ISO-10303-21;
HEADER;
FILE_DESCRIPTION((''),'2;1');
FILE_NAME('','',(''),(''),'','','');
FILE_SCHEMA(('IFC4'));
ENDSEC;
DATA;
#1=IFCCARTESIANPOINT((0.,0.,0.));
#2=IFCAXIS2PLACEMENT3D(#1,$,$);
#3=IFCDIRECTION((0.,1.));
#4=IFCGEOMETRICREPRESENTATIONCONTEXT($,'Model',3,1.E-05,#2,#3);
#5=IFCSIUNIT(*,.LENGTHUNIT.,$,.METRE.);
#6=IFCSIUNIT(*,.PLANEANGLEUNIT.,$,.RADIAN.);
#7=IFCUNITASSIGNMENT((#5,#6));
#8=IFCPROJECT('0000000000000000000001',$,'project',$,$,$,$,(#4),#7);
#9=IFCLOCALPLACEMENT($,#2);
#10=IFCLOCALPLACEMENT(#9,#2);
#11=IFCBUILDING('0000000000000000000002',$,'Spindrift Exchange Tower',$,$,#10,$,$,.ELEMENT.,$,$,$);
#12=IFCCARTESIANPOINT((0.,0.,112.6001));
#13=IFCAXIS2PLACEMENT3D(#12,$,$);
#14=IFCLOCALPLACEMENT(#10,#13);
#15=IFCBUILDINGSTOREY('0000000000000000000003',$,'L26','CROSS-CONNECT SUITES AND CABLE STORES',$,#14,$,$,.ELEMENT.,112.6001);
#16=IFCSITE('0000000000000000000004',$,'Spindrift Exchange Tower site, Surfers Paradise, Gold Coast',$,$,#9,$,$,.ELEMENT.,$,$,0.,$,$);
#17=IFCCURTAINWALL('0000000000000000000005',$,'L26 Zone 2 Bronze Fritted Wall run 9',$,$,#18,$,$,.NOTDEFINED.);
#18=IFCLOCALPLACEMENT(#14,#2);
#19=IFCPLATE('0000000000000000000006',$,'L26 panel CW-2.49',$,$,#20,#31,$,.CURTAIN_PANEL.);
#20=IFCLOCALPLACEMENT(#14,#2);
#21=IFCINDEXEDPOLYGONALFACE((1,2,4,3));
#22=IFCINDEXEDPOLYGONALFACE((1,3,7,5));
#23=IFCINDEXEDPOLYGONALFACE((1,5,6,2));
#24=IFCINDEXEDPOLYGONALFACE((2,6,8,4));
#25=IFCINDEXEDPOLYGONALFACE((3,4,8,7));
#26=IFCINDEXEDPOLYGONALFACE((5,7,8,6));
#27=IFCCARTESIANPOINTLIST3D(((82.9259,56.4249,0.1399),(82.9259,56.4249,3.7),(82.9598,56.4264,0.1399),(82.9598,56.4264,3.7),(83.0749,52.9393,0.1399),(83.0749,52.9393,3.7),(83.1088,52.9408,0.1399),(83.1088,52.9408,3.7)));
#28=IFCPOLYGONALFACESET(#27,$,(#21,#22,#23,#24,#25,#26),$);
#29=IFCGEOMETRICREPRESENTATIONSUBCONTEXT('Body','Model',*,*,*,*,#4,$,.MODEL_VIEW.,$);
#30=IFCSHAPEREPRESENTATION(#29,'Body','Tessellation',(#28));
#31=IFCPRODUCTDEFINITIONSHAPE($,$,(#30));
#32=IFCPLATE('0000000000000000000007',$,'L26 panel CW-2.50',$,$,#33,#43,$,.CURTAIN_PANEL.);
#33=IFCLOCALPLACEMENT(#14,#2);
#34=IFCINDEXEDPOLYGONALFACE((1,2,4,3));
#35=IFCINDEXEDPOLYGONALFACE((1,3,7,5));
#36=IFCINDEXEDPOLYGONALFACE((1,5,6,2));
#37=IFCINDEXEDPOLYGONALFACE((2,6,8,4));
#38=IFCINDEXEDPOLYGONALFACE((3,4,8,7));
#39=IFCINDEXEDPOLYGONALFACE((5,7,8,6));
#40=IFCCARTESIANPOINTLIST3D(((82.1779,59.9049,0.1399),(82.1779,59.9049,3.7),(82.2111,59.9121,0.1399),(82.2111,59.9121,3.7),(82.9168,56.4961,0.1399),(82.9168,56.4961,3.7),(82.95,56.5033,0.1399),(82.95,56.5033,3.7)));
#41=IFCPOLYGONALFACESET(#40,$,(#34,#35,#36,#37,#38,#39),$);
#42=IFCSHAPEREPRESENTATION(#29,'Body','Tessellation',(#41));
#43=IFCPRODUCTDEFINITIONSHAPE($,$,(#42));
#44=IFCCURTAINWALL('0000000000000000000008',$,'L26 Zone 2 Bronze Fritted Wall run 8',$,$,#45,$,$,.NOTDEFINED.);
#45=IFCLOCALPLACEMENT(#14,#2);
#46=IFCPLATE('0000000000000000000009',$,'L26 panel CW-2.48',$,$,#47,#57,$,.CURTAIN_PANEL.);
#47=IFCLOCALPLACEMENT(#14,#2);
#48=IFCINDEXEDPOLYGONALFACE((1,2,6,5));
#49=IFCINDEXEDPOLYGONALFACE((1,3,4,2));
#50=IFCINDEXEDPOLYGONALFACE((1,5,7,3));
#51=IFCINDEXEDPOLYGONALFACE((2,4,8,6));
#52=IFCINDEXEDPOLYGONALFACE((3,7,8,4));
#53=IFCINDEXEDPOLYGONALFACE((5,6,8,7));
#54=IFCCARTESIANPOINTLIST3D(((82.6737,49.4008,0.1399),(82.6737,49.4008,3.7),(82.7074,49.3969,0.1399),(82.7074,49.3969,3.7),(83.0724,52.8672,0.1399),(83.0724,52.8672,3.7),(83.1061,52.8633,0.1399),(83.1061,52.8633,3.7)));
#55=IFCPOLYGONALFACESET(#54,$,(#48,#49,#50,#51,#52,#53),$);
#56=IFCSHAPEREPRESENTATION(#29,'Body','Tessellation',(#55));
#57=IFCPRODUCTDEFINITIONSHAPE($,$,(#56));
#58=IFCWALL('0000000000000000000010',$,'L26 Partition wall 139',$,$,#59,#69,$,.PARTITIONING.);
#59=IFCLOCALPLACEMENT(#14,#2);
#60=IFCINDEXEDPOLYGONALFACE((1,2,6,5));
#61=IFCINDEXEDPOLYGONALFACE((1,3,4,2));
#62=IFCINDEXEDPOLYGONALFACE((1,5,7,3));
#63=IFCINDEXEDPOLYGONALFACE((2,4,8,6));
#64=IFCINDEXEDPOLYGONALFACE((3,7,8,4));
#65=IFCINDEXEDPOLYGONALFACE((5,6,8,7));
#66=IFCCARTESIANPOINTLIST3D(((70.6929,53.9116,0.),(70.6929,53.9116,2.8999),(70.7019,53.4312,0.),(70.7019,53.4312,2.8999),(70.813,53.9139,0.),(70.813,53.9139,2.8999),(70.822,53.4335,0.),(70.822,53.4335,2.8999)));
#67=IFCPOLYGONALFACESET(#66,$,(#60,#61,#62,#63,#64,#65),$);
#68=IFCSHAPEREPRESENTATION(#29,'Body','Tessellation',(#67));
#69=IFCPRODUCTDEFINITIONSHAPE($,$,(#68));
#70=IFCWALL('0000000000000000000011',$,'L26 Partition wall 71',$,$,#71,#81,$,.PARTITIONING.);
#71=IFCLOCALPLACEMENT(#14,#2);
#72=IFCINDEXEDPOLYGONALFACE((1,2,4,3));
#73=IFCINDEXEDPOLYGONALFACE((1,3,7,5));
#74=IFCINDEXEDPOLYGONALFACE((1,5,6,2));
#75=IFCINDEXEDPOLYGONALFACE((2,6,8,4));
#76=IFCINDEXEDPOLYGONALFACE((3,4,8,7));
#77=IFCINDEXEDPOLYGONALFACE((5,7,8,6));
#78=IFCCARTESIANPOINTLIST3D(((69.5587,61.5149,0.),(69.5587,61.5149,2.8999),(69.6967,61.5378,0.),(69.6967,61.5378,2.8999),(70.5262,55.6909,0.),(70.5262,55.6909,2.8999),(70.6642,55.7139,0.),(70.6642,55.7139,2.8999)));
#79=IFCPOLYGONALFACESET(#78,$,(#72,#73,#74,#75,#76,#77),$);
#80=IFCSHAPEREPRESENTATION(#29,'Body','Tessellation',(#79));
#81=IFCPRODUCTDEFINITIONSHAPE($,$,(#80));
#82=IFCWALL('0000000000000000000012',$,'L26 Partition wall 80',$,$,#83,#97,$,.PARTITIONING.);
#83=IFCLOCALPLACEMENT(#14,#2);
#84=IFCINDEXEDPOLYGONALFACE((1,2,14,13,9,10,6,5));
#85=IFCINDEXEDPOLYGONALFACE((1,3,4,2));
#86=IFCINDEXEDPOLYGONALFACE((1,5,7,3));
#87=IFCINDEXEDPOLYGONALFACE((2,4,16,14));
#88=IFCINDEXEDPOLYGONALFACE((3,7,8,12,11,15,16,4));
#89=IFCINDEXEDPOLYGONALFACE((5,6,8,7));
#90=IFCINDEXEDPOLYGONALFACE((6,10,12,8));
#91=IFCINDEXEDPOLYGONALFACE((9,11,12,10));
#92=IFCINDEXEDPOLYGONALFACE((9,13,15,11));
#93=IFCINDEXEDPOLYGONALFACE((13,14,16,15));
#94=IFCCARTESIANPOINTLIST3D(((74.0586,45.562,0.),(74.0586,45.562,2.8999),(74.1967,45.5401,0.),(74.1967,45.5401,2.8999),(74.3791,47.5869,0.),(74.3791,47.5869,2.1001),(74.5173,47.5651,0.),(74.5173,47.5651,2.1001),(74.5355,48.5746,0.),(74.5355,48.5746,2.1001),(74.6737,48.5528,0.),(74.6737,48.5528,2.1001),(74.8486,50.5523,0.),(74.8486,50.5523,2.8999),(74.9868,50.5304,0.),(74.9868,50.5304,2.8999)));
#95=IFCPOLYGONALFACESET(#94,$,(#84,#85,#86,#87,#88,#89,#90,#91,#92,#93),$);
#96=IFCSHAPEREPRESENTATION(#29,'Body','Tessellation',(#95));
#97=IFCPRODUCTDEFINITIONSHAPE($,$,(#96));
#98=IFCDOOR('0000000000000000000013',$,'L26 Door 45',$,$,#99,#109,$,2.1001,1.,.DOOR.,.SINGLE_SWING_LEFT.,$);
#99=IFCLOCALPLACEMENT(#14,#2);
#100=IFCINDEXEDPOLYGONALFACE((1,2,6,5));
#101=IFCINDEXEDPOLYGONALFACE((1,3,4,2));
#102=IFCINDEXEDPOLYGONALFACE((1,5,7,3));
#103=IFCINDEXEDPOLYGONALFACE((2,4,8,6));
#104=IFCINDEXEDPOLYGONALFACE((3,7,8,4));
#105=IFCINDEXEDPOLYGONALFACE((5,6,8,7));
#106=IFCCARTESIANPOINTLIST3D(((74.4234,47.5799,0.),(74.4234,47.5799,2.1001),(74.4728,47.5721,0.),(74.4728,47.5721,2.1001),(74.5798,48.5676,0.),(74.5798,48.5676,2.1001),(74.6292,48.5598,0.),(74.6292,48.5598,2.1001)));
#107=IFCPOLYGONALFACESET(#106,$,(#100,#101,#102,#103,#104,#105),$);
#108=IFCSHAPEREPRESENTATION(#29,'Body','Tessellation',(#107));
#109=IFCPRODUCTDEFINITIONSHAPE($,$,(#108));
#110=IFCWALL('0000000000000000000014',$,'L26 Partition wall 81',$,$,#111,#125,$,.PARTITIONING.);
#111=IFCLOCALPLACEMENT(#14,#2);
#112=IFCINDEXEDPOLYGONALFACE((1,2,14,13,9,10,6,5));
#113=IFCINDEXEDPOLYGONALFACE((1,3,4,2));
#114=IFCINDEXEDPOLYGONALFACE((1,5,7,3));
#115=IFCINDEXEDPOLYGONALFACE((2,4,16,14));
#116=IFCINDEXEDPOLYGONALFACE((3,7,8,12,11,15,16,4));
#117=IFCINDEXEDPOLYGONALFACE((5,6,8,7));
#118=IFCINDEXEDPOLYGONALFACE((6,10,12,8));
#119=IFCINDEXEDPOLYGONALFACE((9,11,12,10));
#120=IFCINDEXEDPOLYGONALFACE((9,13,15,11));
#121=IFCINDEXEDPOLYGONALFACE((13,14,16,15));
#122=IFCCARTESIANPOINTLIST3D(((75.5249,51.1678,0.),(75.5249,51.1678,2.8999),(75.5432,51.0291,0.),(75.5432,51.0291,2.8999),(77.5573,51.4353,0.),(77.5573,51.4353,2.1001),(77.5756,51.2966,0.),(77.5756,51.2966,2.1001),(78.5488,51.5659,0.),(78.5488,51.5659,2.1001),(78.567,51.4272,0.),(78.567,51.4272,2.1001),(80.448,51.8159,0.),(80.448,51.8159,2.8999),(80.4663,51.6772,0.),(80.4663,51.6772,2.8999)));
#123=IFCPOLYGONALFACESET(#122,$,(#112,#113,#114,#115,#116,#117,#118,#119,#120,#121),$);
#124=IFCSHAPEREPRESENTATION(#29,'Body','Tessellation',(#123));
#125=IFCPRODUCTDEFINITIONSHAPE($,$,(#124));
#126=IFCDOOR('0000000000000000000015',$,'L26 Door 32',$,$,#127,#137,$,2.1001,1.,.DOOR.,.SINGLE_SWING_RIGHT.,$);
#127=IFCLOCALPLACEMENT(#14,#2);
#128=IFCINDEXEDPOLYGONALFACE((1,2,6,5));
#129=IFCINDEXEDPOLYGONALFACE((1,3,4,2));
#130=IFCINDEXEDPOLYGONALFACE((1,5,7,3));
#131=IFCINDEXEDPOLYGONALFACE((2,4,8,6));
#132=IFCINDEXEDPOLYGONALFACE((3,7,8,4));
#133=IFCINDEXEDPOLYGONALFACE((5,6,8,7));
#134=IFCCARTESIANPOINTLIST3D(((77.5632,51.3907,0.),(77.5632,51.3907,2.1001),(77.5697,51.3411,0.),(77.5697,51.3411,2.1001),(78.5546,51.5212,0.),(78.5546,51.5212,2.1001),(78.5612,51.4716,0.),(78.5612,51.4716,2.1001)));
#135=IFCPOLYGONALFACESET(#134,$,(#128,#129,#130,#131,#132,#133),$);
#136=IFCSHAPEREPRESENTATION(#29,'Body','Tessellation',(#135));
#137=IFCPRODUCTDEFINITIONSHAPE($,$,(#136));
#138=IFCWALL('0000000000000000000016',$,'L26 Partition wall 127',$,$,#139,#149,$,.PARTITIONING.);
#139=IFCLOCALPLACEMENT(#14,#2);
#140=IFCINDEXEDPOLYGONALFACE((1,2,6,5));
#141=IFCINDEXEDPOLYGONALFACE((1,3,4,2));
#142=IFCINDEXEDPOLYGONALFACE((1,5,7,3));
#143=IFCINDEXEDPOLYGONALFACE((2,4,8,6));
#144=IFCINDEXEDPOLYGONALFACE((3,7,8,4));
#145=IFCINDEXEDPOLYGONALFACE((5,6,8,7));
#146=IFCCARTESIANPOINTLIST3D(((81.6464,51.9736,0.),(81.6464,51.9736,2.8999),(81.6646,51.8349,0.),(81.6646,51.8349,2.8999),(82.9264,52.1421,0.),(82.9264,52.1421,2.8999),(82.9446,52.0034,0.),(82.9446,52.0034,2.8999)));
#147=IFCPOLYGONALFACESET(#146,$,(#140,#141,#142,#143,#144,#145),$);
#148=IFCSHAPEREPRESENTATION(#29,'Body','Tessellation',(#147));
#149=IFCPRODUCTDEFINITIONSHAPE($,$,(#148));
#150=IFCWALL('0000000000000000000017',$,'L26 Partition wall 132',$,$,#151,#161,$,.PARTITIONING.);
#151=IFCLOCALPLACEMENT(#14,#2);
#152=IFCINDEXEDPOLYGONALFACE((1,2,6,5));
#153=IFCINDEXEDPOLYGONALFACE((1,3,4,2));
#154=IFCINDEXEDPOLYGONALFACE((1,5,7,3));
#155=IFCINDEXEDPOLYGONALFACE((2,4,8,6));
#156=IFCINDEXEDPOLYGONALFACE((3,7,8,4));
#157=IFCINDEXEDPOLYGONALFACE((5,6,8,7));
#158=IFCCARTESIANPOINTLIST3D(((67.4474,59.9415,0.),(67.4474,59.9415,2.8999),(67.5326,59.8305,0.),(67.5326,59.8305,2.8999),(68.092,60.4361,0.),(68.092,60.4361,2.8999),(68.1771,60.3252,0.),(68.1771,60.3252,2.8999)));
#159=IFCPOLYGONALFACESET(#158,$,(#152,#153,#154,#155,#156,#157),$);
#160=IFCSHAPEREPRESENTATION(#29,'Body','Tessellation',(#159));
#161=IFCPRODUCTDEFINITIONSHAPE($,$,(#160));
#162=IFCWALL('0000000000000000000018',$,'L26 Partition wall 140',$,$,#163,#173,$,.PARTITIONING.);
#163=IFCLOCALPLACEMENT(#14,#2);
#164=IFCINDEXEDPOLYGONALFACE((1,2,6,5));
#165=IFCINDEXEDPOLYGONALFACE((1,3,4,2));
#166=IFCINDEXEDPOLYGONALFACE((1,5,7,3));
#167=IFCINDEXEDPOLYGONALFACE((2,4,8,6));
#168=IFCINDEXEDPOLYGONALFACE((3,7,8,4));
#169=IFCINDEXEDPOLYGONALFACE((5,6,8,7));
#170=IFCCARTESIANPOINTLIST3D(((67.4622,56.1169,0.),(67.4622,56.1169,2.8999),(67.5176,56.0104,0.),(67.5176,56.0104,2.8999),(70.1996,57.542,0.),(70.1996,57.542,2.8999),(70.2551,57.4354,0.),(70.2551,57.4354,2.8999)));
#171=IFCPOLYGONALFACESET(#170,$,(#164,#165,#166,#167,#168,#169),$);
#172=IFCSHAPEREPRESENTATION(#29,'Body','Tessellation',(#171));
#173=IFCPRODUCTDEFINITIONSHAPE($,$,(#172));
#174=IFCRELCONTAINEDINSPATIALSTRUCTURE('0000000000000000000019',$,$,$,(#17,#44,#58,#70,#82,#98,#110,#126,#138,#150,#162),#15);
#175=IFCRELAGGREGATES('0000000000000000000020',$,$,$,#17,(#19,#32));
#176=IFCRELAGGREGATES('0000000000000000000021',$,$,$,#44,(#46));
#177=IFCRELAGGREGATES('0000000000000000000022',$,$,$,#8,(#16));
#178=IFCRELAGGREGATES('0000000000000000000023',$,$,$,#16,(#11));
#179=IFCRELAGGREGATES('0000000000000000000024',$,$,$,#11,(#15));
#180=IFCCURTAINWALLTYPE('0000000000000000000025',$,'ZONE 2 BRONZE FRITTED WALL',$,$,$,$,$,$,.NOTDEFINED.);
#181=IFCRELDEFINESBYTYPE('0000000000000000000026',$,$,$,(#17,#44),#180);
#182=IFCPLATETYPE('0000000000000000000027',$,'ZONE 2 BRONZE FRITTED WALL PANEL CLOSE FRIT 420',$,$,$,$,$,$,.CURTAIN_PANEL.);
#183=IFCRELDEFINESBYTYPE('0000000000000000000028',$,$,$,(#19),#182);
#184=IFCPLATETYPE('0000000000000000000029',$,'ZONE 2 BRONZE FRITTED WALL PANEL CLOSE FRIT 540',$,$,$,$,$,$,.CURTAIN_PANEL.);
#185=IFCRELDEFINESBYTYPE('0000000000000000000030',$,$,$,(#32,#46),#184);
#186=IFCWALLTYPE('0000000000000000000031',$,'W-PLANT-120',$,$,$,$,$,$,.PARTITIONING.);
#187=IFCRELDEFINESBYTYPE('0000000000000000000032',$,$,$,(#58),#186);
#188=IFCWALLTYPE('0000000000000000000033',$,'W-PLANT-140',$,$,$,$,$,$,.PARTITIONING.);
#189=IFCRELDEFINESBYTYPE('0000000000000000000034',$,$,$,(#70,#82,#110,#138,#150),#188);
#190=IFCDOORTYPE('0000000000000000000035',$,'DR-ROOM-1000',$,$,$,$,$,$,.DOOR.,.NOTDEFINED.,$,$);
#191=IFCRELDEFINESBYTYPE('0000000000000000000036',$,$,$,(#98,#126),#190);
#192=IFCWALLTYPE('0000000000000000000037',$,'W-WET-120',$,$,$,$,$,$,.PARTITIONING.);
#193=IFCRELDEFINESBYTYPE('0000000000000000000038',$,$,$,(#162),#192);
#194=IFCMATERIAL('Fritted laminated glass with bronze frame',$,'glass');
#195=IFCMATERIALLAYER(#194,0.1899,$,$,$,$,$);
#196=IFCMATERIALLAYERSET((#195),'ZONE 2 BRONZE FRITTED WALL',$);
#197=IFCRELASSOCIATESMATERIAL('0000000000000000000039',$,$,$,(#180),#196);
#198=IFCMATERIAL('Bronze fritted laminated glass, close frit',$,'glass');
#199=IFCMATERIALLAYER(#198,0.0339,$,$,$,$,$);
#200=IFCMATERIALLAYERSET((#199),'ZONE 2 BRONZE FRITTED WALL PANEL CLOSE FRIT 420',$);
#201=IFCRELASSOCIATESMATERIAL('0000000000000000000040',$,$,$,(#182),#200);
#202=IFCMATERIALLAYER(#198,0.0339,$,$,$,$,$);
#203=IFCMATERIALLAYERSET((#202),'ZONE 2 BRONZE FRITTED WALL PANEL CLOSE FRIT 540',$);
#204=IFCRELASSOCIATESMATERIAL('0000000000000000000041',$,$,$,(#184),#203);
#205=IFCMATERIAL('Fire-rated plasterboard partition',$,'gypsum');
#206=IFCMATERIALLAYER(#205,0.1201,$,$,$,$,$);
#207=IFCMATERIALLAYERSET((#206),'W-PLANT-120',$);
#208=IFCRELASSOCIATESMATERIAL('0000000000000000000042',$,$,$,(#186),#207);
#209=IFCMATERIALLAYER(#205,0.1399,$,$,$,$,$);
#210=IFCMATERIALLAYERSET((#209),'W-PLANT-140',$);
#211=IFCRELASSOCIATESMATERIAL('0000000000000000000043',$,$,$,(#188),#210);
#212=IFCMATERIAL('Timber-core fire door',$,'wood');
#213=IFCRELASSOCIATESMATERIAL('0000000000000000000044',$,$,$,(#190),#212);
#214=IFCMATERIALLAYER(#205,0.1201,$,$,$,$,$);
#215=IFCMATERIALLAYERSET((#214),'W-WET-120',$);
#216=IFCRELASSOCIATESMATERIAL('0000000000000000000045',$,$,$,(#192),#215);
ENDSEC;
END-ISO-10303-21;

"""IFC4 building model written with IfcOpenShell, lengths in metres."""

from ifc_helpers import new_model, si_unit, direction, frame, frame_2d, origin, origin_2d, place, context, subcontext, project, spatial, rectangle, extrude, source, transform, mapped, material, layer, layer_set, type_object, element, fill, aggregate, save


model = new_model("IFC4")

# Units and contexts
model_context = context("Model", 3, precision=1e-05, world=origin(), true_north=direction((0.0, 1.0)))
body_context = subcontext(model_context, "Body", "Model", "MODEL_VIEW")
ifc_project = project(units=[si_unit("LENGTHUNIT", "METRE"), si_unit("PLANEANGLEUNIT", "RADIAN")], contexts=[model_context])

# Site, building, storey
site_placement = place(None, origin())
site = spatial("IfcSite", under=ifc_project, at=site_placement, Name="Spindrift Exchange Tower site, Surfers Paradise, Gold Coast", CompositionType="ELEMENT", RefElevation=0.0)
building_placement = place(site_placement, origin())
building = spatial("IfcBuilding", under=site, at=building_placement, Name="Spindrift Exchange Tower", CompositionType="ELEMENT")
storey_placement = place(building_placement, frame((0.0, 0.0, 112.6001)))
storey = spatial("IfcBuildingStorey", under=building, at=storey_placement, Name="L26", Description="CROSS-CONNECT SUITES AND CABLE STORES", CompositionType="ELEMENT", Elevation=112.6001)

# Curtain wall, plates
ifc_material_1 = material(Name="Fritted laminated glass with bronze frame", Category="glass")
ifc_layer_1 = layer(ifc_material_1, 0.1899)
ifc_layer_set_1 = layer_set([ifc_layer_1], Name="ZONE 2 BRONZE FRITTED WALL")
curtain_wall_type = type_object("IfcCurtainWallType", Name="ZONE 2 BRONZE FRITTED WALL", PredefinedType="NOTDEFINED", material=ifc_layer_set_1)
curtain_wall_1_placement = place(storey_placement, origin())
curtain_wall_1 = element("IfcCurtainWall", 1, at=curtain_wall_1_placement, inside=storey, type_object=curtain_wall_type, Name="L26 Zone 2 Bronze Fritted Wall run 9", PredefinedType="NOTDEFINED")
ifc_material_2 = material(Name="Bronze fritted laminated glass, close frit", Category="glass")
ifc_layer_2 = layer(ifc_material_2, 0.0339)
ifc_layer_set_2 = layer_set([ifc_layer_2], Name="ZONE 2 BRONZE FRITTED WALL PANEL CLOSE FRIT 420")
plate_type_1 = type_object("IfcPlateType", Name="ZONE 2 BRONZE FRITTED WALL PANEL CLOSE FRIT 420", PredefinedType="CURTAIN_PANEL", material=ifc_layer_set_2)
shared_shape_1 = source(origin(), body_context, "Body", "SweptSolid", [
    extrude(rectangle(XDim=3.4888, YDim=0.0339, at=origin_2d()), origin(), (0.0, 0.0, 1.0), 3.5601),
])
plate_1_placement = place(storey_placement, frame((83.0173, 54.6829, 0.1399), z_axis=(0.0, 0.0, 1.0), x_axis=(-0.042707, 0.999088, 0.0)))
plate_1 = element("IfcPlate", 2, at=plate_1_placement, type_object=plate_type_1, Name="L26 panel CW-2.49", PredefinedType="CURTAIN_PANEL", context=body_context, shape_type="MappedRepresentation", body=[
    mapped(shared_shape_1, transform((0.0, 0.0, 0.0), scale=1.0)),
])
ifc_layer_3 = layer(ifc_material_2, 0.0339)
ifc_layer_set_3 = layer_set([ifc_layer_3], Name="ZONE 2 BRONZE FRITTED WALL PANEL CLOSE FRIT 540")
plate_type_2 = type_object("IfcPlateType", Name="ZONE 2 BRONZE FRITTED WALL PANEL CLOSE FRIT 540", PredefinedType="CURTAIN_PANEL", material=ifc_layer_set_3)
shared_shape_2 = source(origin(), body_context, "Body", "SweptSolid", [
    extrude(rectangle(XDim=3.488, YDim=0.0339, at=origin_2d()), origin(), (0.0, 0.0, 1.0), 3.5601),
])
plate_2_placement = place(storey_placement, frame((82.564, 58.2041, 0.1399), z_axis=(0.0, 0.0, 1.0), x_axis=(-0.21184, 0.977304, 0.0)))
plate_2 = element("IfcPlate", 3, at=plate_2_placement, type_object=plate_type_2, Name="L26 panel CW-2.50", PredefinedType="CURTAIN_PANEL", context=body_context, shape_type="MappedRepresentation", body=[
    mapped(shared_shape_2, transform((0.0, 0.0, 0.0), scale=1.0)),
])
aggregate(curtain_wall_1, [plate_1, plate_2])

# Curtain wall, plate
curtain_wall_2_placement = place(storey_placement, origin())
curtain_wall_2 = element("IfcCurtainWall", 4, at=curtain_wall_2_placement, inside=storey, type_object=curtain_wall_type, Name="L26 Zone 2 Bronze Fritted Wall run 8", PredefinedType="NOTDEFINED")
shared_shape_3 = source(origin(), body_context, "Body", "SweptSolid", [
    extrude(rectangle(XDim=3.4893, YDim=0.0339, at=origin_2d()), origin(), (0.0, 0.0, 1.0), 3.5601),
])
plate_3_placement = place(storey_placement, frame((82.8899, 51.1321, 0.1399), z_axis=(0.0, 0.0, 1.0), x_axis=(0.114271, 0.99345, 0.0)))
plate_3 = element("IfcPlate", 5, at=plate_3_placement, type_object=plate_type_2, Name="L26 panel CW-2.48", PredefinedType="CURTAIN_PANEL", context=body_context, shape_type="MappedRepresentation", body=[
    mapped(shared_shape_3, transform((0.0, 0.0, 0.0), scale=1.0)),
])
aggregate(curtain_wall_2, [plate_3])

# Walls
ifc_material_3 = material(Name="Fire-rated plasterboard partition", Category="gypsum")
ifc_layer_4 = layer(ifc_material_3, 0.1201)
ifc_layer_set_4 = layer_set([ifc_layer_4], Name="W-PLANT-120")
wall_type_1 = type_object("IfcWallType", Name="W-PLANT-120", PredefinedType="PARTITIONING", material=ifc_layer_set_4)
wall_1_placement = place(storey_placement, frame((70.762, 53.4324, 0.0), z_axis=(0.0, 0.0, 1.0), x_axis=(-0.018797, 0.999823, 0.0)))
element("IfcWall", 6, at=wall_1_placement, inside=storey, type_object=wall_type_1, Name="L26 Partition wall 139", PredefinedType="PARTITIONING", context=body_context, shape_type="SweptSolid", body=[
    extrude(rectangle(XDim=0.4805, YDim=0.1201, at=frame_2d((0.2402, 0.0))), origin(), (0.0, 0.0, 1.0), 2.8999),
])
ifc_layer_5 = layer(ifc_material_3, 0.1399)
ifc_layer_set_5 = layer_set([ifc_layer_5], Name="W-PLANT-140")
wall_type_2 = type_object("IfcWallType", Name="W-PLANT-140", PredefinedType="PARTITIONING", material=ifc_layer_set_5)
wall_2_placement = place(storey_placement, frame((70.5952, 55.7024, 0.0), z_axis=(0.0, 0.0, 1.0), x_axis=(-0.163883, 0.98648, 0.0)))
element("IfcWall", 7, at=wall_2_placement, inside=storey, type_object=wall_type_2, Name="L26 Partition wall 71", PredefinedType="PARTITIONING", context=body_context, shape_type="SweptSolid", body=[
    extrude(rectangle(XDim=5.9038, YDim=0.1399, at=frame_2d((2.9519, 0.0))), origin(), (0.0, 0.0, 1.0), 2.8999),
])

# Walls, openings, doors
wall_3_placement = place(storey_placement, frame((74.9177, 50.5415, 0.0), z_axis=(0.0, 0.0, 1.0), x_axis=(-0.15637, -0.987699, 0.0)))
wall_3 = element("IfcWall", 8, at=wall_3_placement, inside=storey, type_object=wall_type_2, Name="L26 Partition wall 80", PredefinedType="PARTITIONING", context=body_context, shape_type="SweptSolid", body=[
    extrude(rectangle(XDim=5.0525, YDim=0.1399, at=frame_2d((2.5264, 0.0))), origin(), (0.0, 0.0, 1.0), 2.8999),
])
opening_1_placement = place(wall_3_placement, frame((2.0024, 0.0, 0.0)))
opening_1 = element("IfcOpeningElement", 9, at=opening_1_placement, cuts=wall_3, PredefinedType="OPENING", context=body_context, shape_type="SweptSolid", body=[
    extrude(rectangle(XDim=1.0, YDim=2.1001, at=frame_2d((0.5, 1.05))), frame((0.0, 0.0798, 0.0), z_axis=(0.0, -1.0, 0.0), x_axis=(1.0, 0.0, 0.0)), (0.0, 0.0, 1.0), 0.1599),
])
ifc_material_4 = material(Name="Timber-core fire door", Category="wood")
door_type = type_object("IfcDoorType", Name="DR-ROOM-1000", OperationType="NOTDEFINED", PredefinedType="DOOR", material=ifc_material_4)
shared_shape_4 = source(origin(), body_context, "Body", "SweptSolid", [
    extrude(rectangle(XDim=1.0, YDim=2.1001, at=frame_2d((0.5, 1.05))), frame((0.0, 0.0249, 0.0), z_axis=(0.0, -1.0, 0.0), x_axis=(1.0, 0.0, 0.0)), (0.0, 0.0, 1.0), 0.05),
])
door_1_placement = place(opening_1_placement, origin())
door_1 = element("IfcDoor", 10, at=door_1_placement, inside=storey, type_object=door_type, Name="L26 Door 45", OperationType="SINGLE_SWING_LEFT", OverallHeight=2.1001, OverallWidth=1.0, PredefinedType="DOOR", context=body_context, shape_type="MappedRepresentation", body=[
    mapped(shared_shape_4, transform((0.0, 0.0, 0.0), scale=1.0)),
])
fill(opening_1, door_1)
wall_4_placement = place(storey_placement, frame((75.5339, 51.0984, 0.0), z_axis=(0.0, 0.0, 1.0), x_axis=(0.991443, 0.130537, 0.0)))
wall_4 = element("IfcWall", 11, at=wall_4_placement, inside=storey, type_object=wall_type_2, Name="L26 Partition wall 81", PredefinedType="PARTITIONING", context=body_context, shape_type="SweptSolid", body=[
    extrude(rectangle(XDim=4.9656, YDim=0.1399, at=frame_2d((2.4829, 0.0))), origin(), (0.0, 0.0, 1.0), 2.8999),
])
opening_2_placement = place(wall_4_placement, frame((2.05, 0.0, 0.0)))
opening_2 = element("IfcOpeningElement", 12, at=opening_2_placement, cuts=wall_4, PredefinedType="OPENING", context=body_context, shape_type="SweptSolid", body=[
    extrude(rectangle(XDim=1.0, YDim=2.1001, at=frame_2d((0.5, 1.05))), frame((0.0, 0.0798, 0.0), z_axis=(0.0, -1.0, 0.0), x_axis=(1.0, 0.0, 0.0)), (0.0, 0.0, 1.0), 0.1599),
])
door_2_placement = place(opening_2_placement, origin())
door_2 = element("IfcDoor", 13, at=door_2_placement, inside=storey, type_object=door_type, Name="L26 Door 32", OperationType="SINGLE_SWING_RIGHT", OverallHeight=2.1001, OverallWidth=1.0, PredefinedType="DOOR", context=body_context, shape_type="MappedRepresentation", body=[
    mapped(shared_shape_4, transform((0.0, 0.0, 0.0), scale=1.0)),
])
fill(opening_2, door_2)

# Walls
wall_5_placement = place(storey_placement, frame((81.6555, 51.9043, 0.0), z_axis=(0.0, 0.0, 1.0), x_axis=(0.991451, 0.130479, 0.0)))
element("IfcWall", 14, at=wall_5_placement, inside=storey, type_object=wall_type_2, Name="L26 Partition wall 127", PredefinedType="PARTITIONING", context=body_context, shape_type="SweptSolid", body=[
    extrude(rectangle(XDim=1.291, YDim=0.1399, at=frame_2d((0.6455, 0.0))), origin(), (0.0, 0.0, 1.0), 2.8999),
])
wall_6_placement = place(storey_placement, frame((67.49, 59.886, 0.0), z_axis=(0.0, 0.0, 1.0), x_axis=(0.793316, 0.60881, 0.0)))
element("IfcWall", 15, at=wall_6_placement, inside=storey, type_object=wall_type_2, Name="L26 Partition wall 132", PredefinedType="PARTITIONING", context=body_context, shape_type="SweptSolid", body=[
    extrude(rectangle(XDim=0.8125, YDim=0.1399, at=frame_2d((0.4062, 0.0))), origin(), (0.0, 0.0, 1.0), 2.8999),
])
ifc_layer_6 = layer(ifc_material_3, 0.1201)
ifc_layer_set_6 = layer_set([ifc_layer_6], Name="W-WET-120")
wall_type_3 = type_object("IfcWallType", Name="W-WET-120", PredefinedType="PARTITIONING", material=ifc_layer_set_6)
wall_7_placement = place(storey_placement, frame((67.49, 56.0637, 0.0), z_axis=(0.0, 0.0, 1.0), x_axis=(0.887015, 0.461741, 0.0)))
element("IfcWall", 16, at=wall_7_placement, inside=storey, type_object=wall_type_3, Name="L26 Partition wall 140", PredefinedType="PARTITIONING", context=body_context, shape_type="SweptSolid", body=[
    extrude(rectangle(XDim=3.0862, YDim=0.1201, at=frame_2d((1.543, 0.0))), origin(), (0.0, 0.0, 1.0), 2.8999),
])

save(model, "model.ifc")
